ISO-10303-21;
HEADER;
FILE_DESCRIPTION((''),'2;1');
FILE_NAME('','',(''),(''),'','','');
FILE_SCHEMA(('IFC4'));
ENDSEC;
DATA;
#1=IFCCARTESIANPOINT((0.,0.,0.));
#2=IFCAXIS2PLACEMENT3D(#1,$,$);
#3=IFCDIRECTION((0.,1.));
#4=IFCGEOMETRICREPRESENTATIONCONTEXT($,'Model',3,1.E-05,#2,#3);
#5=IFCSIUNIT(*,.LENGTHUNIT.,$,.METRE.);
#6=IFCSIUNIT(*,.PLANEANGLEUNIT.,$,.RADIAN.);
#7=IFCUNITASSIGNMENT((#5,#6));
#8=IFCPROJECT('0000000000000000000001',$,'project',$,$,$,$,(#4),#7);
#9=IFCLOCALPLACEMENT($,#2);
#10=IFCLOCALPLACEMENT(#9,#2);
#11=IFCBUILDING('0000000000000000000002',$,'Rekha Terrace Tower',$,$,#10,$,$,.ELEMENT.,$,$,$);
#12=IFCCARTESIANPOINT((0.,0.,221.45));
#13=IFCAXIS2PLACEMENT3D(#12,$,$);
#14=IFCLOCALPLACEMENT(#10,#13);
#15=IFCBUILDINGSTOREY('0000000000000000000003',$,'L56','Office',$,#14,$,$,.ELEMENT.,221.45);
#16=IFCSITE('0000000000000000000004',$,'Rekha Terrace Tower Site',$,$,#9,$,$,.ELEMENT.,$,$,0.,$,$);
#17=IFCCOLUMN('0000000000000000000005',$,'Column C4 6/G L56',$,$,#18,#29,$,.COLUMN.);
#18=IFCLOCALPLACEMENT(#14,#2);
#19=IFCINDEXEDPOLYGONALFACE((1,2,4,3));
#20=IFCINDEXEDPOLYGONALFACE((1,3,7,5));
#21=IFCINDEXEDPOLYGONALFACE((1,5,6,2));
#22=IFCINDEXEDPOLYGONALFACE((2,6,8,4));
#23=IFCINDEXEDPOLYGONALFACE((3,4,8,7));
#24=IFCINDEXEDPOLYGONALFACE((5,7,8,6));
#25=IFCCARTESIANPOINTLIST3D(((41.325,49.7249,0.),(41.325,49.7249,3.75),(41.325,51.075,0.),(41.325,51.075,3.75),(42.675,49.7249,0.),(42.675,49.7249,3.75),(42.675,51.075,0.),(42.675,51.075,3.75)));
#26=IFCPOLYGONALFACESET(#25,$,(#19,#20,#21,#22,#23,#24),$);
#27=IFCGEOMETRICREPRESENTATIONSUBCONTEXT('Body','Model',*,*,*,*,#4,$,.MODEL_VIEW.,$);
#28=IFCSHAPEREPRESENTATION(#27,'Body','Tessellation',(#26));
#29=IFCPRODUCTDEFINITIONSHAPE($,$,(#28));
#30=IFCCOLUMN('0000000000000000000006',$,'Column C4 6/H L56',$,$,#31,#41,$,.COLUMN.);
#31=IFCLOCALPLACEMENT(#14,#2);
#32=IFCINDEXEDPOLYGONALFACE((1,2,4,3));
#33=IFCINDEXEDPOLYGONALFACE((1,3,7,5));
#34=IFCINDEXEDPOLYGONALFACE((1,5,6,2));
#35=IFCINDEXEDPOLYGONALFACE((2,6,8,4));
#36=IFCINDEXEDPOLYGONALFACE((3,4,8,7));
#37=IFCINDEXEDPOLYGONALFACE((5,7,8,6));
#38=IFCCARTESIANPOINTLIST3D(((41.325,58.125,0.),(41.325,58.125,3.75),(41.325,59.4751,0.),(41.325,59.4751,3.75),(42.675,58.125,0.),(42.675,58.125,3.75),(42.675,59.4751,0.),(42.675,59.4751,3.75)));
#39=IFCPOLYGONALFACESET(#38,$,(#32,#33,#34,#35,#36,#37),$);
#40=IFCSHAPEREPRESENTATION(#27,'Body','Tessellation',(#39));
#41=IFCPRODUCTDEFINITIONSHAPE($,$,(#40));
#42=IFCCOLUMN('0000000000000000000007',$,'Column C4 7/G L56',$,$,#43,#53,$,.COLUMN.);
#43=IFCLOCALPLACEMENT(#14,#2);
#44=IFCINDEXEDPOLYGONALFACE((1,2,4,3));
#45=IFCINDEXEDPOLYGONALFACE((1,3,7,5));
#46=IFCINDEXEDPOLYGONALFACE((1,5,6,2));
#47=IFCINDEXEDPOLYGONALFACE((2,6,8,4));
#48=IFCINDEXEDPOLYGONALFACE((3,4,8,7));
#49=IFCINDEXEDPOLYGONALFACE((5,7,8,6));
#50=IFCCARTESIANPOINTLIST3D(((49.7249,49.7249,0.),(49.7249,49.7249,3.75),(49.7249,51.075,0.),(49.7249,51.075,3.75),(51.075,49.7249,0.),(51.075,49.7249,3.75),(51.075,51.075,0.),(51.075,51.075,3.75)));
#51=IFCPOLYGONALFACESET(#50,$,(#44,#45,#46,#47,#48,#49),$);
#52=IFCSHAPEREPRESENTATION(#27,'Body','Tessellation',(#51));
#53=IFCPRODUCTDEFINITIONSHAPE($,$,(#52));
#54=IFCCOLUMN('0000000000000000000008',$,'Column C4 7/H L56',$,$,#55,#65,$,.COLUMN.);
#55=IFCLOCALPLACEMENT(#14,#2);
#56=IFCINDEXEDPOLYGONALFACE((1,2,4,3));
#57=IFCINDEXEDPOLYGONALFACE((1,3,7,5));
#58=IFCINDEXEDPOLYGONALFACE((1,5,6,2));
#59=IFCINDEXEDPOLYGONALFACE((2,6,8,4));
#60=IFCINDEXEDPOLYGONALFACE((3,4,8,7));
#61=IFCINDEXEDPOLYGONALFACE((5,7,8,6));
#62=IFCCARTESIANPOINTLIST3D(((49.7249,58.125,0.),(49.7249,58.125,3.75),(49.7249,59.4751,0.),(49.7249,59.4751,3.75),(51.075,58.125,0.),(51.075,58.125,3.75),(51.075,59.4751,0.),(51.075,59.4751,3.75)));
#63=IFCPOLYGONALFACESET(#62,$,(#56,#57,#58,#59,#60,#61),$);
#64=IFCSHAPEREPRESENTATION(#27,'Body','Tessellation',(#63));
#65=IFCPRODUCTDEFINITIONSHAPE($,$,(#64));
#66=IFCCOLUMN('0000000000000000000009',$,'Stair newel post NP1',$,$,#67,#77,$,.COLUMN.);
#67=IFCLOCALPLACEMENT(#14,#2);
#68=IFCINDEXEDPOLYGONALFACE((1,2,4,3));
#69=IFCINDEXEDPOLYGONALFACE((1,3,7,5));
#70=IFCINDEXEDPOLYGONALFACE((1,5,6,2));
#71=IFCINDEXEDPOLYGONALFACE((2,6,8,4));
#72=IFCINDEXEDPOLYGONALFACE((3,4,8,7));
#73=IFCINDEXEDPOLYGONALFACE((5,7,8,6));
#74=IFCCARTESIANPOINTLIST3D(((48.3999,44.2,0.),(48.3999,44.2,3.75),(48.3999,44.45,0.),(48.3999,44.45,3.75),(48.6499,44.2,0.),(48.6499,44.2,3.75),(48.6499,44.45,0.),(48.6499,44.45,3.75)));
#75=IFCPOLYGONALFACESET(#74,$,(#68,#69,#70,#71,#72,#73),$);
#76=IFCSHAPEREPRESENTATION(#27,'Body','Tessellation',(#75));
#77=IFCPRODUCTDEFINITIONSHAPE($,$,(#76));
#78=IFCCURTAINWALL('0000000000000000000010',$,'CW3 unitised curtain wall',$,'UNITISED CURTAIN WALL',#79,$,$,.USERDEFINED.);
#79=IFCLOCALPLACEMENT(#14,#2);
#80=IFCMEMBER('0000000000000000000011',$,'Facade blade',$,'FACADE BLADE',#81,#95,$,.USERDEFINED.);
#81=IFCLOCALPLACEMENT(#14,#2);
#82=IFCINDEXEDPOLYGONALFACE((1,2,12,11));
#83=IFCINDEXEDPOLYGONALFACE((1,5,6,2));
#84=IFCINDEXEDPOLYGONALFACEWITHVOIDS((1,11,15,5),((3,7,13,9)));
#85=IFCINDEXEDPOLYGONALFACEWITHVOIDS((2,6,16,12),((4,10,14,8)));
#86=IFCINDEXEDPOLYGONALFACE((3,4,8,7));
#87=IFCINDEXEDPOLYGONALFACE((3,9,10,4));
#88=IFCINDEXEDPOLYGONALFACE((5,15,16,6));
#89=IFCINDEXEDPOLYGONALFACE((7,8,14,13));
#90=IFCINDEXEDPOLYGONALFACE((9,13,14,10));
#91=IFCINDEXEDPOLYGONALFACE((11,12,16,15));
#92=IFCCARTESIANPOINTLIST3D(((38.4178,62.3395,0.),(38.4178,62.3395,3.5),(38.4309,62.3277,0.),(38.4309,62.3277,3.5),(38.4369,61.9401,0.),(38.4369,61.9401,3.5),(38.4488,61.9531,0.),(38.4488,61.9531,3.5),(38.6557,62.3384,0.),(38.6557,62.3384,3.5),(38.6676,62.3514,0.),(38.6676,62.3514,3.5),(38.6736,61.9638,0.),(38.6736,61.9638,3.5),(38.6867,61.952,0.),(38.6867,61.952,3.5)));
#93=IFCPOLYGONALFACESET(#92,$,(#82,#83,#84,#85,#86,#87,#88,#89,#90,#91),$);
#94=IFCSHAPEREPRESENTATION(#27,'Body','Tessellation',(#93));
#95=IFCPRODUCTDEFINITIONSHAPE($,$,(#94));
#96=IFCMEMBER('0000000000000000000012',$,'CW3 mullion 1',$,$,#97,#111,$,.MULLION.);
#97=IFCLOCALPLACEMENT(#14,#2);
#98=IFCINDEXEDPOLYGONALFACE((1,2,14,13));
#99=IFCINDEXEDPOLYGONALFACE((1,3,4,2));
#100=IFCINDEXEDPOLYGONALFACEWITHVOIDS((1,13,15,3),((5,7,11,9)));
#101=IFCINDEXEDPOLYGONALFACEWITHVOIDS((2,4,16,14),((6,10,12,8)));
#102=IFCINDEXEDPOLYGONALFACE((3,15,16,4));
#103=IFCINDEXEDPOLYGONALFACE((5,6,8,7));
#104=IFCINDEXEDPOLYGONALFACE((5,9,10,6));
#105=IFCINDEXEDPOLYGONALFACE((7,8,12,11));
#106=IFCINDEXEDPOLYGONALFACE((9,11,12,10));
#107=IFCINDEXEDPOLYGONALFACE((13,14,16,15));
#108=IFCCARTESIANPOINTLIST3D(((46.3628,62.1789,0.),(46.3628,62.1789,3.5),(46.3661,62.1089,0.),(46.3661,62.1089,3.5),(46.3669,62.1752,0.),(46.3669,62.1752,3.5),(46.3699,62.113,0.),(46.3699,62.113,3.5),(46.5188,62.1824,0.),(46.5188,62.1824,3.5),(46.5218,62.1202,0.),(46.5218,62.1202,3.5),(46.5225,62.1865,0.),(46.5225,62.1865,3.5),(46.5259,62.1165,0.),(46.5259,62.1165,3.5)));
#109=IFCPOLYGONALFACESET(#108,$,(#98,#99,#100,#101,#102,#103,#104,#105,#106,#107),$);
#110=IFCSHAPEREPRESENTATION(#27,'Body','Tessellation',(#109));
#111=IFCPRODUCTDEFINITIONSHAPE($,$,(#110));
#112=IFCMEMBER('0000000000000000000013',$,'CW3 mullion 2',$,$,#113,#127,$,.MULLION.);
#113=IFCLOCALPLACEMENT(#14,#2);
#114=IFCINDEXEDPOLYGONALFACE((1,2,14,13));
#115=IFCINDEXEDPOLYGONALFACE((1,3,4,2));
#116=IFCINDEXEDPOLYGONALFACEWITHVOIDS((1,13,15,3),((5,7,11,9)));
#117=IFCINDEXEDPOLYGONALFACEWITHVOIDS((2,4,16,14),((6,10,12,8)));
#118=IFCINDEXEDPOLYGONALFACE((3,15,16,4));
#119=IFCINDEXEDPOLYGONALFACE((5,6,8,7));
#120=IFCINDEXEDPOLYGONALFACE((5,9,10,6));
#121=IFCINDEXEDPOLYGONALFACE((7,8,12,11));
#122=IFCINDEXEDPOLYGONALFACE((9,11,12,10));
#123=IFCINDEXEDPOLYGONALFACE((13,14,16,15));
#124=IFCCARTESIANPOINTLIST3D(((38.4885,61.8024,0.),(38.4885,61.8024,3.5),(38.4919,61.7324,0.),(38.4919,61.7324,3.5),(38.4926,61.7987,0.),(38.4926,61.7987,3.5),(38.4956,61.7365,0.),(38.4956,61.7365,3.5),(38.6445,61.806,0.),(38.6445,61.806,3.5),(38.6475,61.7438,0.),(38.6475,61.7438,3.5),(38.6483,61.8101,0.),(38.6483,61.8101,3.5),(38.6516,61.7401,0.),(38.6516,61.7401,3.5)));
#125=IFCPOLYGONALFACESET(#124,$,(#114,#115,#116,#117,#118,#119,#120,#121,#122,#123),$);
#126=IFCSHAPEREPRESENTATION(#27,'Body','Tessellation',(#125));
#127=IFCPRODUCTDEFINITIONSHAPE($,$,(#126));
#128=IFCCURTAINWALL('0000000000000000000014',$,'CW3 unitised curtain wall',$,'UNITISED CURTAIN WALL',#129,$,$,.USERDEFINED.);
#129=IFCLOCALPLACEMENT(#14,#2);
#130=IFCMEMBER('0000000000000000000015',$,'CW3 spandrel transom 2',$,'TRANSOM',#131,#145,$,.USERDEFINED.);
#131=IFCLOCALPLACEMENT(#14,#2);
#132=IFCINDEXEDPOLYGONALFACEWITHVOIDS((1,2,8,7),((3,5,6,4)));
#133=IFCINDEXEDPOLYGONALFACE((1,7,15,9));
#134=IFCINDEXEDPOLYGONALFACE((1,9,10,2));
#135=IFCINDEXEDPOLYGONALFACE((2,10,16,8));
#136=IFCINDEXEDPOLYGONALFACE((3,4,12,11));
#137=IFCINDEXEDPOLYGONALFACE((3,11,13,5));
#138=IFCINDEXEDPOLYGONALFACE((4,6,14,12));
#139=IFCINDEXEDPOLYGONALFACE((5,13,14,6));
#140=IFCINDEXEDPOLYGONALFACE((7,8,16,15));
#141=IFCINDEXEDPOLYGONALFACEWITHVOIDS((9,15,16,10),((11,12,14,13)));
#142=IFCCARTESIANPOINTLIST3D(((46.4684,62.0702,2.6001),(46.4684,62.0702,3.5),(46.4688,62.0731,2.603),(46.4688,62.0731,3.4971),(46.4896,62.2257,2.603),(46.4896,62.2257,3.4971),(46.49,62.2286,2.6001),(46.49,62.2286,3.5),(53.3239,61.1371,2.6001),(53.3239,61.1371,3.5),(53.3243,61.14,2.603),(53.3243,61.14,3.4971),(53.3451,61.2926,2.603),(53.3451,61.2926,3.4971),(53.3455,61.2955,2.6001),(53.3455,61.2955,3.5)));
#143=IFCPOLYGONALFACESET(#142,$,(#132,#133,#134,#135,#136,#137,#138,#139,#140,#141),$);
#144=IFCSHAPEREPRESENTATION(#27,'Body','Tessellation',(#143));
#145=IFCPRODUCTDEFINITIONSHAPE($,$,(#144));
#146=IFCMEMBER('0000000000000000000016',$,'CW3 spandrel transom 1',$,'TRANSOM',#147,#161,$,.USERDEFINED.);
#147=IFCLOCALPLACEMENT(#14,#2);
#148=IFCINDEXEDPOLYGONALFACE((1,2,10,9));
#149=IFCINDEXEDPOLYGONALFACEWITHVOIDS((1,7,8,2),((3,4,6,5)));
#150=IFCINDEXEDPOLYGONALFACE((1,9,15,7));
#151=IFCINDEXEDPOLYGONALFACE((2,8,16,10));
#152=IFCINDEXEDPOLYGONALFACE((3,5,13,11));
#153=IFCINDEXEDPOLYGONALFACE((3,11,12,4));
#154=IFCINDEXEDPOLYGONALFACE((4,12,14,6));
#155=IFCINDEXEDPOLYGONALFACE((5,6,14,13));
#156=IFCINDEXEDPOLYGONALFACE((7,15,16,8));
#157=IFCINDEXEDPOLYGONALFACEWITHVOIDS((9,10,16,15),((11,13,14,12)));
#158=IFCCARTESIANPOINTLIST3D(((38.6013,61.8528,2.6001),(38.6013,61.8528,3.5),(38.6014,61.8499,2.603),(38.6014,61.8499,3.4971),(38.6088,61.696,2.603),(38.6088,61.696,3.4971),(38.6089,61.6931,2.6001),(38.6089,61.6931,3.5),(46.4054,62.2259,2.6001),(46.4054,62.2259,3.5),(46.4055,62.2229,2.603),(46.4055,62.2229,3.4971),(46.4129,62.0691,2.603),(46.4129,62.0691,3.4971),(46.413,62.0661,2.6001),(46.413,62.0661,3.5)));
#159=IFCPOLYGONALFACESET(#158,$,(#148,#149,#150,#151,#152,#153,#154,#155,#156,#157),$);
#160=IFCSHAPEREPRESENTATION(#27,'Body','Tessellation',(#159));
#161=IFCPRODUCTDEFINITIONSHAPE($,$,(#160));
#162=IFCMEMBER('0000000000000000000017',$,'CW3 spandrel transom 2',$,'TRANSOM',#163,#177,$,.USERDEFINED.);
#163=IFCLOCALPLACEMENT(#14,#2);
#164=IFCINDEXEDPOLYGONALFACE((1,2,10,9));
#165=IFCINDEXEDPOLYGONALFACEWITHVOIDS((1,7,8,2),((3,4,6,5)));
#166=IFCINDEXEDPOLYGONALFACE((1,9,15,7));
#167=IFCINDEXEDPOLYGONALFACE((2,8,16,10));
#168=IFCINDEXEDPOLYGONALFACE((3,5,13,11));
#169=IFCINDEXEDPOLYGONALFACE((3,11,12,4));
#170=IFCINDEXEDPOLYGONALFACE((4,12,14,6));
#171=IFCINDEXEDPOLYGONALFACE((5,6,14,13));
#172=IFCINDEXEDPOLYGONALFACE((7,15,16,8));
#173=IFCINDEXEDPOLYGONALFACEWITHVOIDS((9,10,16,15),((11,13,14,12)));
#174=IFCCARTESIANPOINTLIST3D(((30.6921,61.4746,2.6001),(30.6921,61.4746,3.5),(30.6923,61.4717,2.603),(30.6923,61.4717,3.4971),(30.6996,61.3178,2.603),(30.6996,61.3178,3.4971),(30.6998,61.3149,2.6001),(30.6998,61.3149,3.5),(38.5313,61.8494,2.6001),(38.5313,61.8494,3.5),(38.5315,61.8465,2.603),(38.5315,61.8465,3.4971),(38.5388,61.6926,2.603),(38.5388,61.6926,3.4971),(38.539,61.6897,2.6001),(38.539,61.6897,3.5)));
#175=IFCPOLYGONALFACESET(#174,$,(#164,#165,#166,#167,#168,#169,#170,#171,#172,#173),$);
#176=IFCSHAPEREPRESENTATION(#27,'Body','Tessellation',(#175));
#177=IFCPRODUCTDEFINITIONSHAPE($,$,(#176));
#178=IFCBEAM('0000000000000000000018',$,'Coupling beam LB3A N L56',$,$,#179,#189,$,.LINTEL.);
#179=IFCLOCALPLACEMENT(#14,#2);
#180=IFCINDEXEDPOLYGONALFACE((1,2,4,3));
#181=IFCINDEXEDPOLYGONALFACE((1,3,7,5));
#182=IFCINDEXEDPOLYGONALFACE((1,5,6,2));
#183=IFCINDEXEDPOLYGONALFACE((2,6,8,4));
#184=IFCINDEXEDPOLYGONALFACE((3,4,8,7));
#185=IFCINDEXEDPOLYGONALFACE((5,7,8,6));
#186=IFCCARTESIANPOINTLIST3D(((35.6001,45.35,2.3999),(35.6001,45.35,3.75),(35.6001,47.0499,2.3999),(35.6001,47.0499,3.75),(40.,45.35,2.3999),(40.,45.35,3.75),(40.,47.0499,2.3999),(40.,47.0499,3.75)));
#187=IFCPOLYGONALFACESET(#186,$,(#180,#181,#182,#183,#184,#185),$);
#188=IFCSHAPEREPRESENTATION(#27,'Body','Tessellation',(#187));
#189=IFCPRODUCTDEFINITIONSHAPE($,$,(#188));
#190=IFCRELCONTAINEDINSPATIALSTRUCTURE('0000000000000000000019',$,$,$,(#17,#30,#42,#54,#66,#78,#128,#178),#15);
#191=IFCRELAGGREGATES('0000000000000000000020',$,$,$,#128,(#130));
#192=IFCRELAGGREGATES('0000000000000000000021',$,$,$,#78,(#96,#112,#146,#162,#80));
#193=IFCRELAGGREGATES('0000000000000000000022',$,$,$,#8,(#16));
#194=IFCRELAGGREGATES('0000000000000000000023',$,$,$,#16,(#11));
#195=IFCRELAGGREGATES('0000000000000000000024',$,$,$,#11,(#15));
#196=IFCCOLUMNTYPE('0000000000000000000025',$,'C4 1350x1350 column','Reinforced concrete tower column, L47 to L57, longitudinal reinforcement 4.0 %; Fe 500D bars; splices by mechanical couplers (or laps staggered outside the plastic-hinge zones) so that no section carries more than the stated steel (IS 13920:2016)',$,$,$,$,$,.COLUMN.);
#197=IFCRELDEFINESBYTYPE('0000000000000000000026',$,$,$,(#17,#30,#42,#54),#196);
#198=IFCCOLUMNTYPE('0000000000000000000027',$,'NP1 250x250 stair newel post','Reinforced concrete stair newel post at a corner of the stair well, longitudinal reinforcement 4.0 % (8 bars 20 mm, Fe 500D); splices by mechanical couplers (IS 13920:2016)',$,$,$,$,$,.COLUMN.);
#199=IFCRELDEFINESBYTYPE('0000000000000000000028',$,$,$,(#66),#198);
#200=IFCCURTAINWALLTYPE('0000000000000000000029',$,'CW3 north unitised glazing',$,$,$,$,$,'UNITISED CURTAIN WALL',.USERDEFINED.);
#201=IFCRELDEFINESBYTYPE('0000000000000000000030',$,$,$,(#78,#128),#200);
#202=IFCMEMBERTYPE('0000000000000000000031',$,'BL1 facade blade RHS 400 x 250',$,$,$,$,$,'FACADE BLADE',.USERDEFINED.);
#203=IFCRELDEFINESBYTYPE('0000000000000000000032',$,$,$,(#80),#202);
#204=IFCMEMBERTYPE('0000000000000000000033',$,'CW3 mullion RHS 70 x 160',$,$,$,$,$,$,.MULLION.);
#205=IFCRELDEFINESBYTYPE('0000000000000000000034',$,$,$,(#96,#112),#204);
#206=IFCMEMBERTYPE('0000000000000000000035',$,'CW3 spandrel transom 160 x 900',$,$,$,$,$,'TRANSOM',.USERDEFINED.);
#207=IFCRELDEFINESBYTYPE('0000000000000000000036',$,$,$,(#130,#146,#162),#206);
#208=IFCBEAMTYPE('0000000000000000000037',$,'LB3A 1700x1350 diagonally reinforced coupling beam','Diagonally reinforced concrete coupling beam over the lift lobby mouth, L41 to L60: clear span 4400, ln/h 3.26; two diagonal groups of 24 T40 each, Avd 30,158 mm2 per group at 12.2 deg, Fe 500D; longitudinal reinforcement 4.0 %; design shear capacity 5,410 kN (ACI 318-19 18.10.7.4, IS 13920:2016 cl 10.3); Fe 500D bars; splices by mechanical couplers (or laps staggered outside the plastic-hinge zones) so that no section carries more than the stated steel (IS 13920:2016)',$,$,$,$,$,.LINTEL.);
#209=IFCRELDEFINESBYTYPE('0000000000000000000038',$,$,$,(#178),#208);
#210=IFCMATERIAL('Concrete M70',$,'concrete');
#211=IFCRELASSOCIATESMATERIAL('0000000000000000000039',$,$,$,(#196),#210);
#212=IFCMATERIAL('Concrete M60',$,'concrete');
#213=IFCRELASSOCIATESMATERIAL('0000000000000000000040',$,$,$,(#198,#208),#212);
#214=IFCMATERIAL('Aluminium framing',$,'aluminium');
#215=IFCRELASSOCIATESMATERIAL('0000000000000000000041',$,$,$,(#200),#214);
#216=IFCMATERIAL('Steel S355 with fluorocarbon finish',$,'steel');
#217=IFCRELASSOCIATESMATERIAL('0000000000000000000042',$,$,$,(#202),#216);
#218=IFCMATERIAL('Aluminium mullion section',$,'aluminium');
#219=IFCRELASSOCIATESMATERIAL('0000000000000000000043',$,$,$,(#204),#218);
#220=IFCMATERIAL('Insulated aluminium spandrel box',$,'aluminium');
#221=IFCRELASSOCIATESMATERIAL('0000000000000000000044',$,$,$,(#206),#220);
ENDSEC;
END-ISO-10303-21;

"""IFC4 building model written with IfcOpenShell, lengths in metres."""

from ifc_helpers import new_model, si_unit, direction, frame, origin, origin_2d, place, context, subcontext, project, spatial, rectangle, hollow_rectangle, extrude, material, material_profile, profile_set, type_object, element, aggregate, save


model = new_model("IFC4")

# Units and contexts
model_context = context("Model", 3, precision=1e-05, world=origin(), true_north=direction((0.0, 1.0)))
body_context = subcontext(model_context, "Body", "Model", "MODEL_VIEW")
ifc_project = project(units=[si_unit("LENGTHUNIT", "METRE"), si_unit("PLANEANGLEUNIT", "RADIAN")], contexts=[model_context])

# Site, building, storey
site_placement = place(None, origin())
site = spatial("IfcSite", under=ifc_project, at=site_placement, Name="Rekha Terrace Tower Site", CompositionType="ELEMENT", RefElevation=0.0)
building_placement = place(site_placement, origin())
building = spatial("IfcBuilding", under=site, at=building_placement, Name="Rekha Terrace Tower", CompositionType="ELEMENT")
storey_placement = place(building_placement, frame((0.0, 0.0, 221.45)))
storey = spatial("IfcBuildingStorey", under=building, at=storey_placement, Name="L56", Description="Office", CompositionType="ELEMENT", Elevation=221.45)

# Columns
ifc_material_1 = material(Name="Concrete M70", Category="concrete")
ifc_material_profile_1 = material_profile(ifc_material_1, rectangle(XDim=1.3501, YDim=1.3501, at=origin_2d()), Name="RC 1350x1350")
ifc_profile_set_1 = profile_set([ifc_material_profile_1], Name="Concrete M70")
column_type_1 = type_object("IfcColumnType", Name="C4 1350x1350 column", Description="Reinforced concrete tower column, L47 to L57, longitudinal reinforcement 4.0 %; Fe 500D bars; splices by mechanical couplers (or laps staggered outside the plastic-hinge zones) so that no section carries more than the stated steel (IS 13920:2016)", PredefinedType="COLUMN", material=ifc_profile_set_1)
for number, where, z_axis, x_axis, name in (
    (1, (42.0, 50.3999, 0.0), (0.0, 0.0, 1.0), (1.0, 0.0, 0.0), "Column C4 6/G L56"),
    (2, (42.0, 58.8, 0.0), (0.0, 0.0, 1.0), (1.0, 0.0, 0.0), "Column C4 6/H L56"),
    (3, (50.3999, 50.3999, 0.0), (0.0, 0.0, 1.0), (1.0, 0.0, 0.0), "Column C4 7/G L56"),
    (4, (50.3999, 58.8, 0.0), (0.0, 0.0, 1.0), (1.0, 0.0, 0.0), "Column C4 7/H L56"),
):
    element("IfcColumn", number, at=place(storey_placement, frame(where, z_axis=z_axis, x_axis=x_axis)), inside=storey, type_object=column_type_1, Name=name, PredefinedType="COLUMN", context=body_context, shape_type="SweptSolid", body=[
        extrude(rectangle(XDim=1.3501, YDim=1.3501, at=origin_2d()), origin(), (0.0, 0.0, 1.0), 3.75),
    ])
ifc_material_2 = material(Name="Concrete M60", Category="concrete")
ifc_material_profile_2 = material_profile(ifc_material_2, rectangle(XDim=0.25, YDim=0.25, at=origin_2d()), Name="RC 250x250")
ifc_profile_set_2 = profile_set([ifc_material_profile_2], Name="Concrete M60")
column_type_2 = type_object("IfcColumnType", Name="NP1 250x250 stair newel post", Description="Reinforced concrete stair newel post at a corner of the stair well, longitudinal reinforcement 4.0 % (8 bars 20 mm, Fe 500D); splices by mechanical couplers (IS 13920:2016)", PredefinedType="COLUMN", material=ifc_profile_set_2)
column_placement = place(storey_placement, frame((48.5249, 44.325, 0.0), z_axis=(0.0, 0.0, 1.0), x_axis=(1.0, 0.0, 0.0)))
element("IfcColumn", 5, at=column_placement, inside=storey, type_object=column_type_2, Name="Stair newel post NP1", PredefinedType="COLUMN", context=body_context, shape_type="SweptSolid", body=[
    extrude(rectangle(XDim=0.25, YDim=0.25, at=origin_2d()), origin(), (0.0, 0.0, 1.0), 3.75),
])

# Curtain wall, members
ifc_material_3 = material(Name="Aluminium framing", Category="aluminium")
curtain_wall_type = type_object("IfcCurtainWallType", Name="CW3 north unitised glazing", ElementType="UNITISED CURTAIN WALL", PredefinedType="USERDEFINED", material=ifc_material_3)
curtain_wall_1_placement = place(storey_placement, origin())
curtain_wall_1 = element("IfcCurtainWall", 6, at=curtain_wall_1_placement, inside=storey, type_object=curtain_wall_type, Name="CW3 unitised curtain wall", ObjectType="UNITISED CURTAIN WALL", PredefinedType="USERDEFINED")
ifc_material_4 = material(Name="Steel S355 with fluorocarbon finish", Category="steel")
ifc_material_profile_3 = material_profile(ifc_material_4, hollow_rectangle(XDim=0.25, YDim=0.3999, WallThickness=0.0125, at=origin_2d()), Name="RHS400x250x12.5")
ifc_profile_set_3 = profile_set([ifc_material_profile_3], Name="Steel S355 with fluorocarbon finish")
member_type_1 = type_object("IfcMemberType", Name="BL1 facade blade RHS 400 x 250", ElementType="FACADE BLADE", PredefinedType="USERDEFINED", material=ifc_profile_set_3)
member_1_placement = place(storey_placement, frame((38.5522, 62.1458, 0.0), z_axis=(0.0, 0.0, 1.0), x_axis=(-0.998859, -0.047758, 0.0)))
member_1 = element("IfcMember", 7, at=member_1_placement, type_object=member_type_1, Name="Facade blade", ObjectType="FACADE BLADE", PredefinedType="USERDEFINED", context=body_context, shape_type="SweptSolid", body=[
    extrude(hollow_rectangle(XDim=0.25, YDim=0.3999, WallThickness=0.0125, at=origin_2d()), origin(), (0.0, 0.0, 1.0), 3.5),
])
ifc_material_5 = material(Name="Aluminium mullion section", Category="aluminium")
ifc_material_profile_4 = material_profile(ifc_material_5, hollow_rectangle(XDim=0.0701, YDim=0.1599, WallThickness=0.0039, at=origin_2d()), Name="AL RHS 70x160")
ifc_profile_set_4 = profile_set([ifc_material_profile_4], Name="Aluminium mullion section")
member_type_2 = type_object("IfcMemberType", Name="CW3 mullion RHS 70 x 160", PredefinedType="MULLION", material=ifc_profile_set_4)
member_2_placement = place(storey_placement, frame((46.4443, 62.1477, 0.0), z_axis=(0.0, 0.0, 1.0), x_axis=(0.047759, -0.998859, 0.0)))
member_2 = element("IfcMember", 8, at=member_2_placement, type_object=member_type_2, Name="CW3 mullion 1", PredefinedType="MULLION", context=body_context, shape_type="SweptSolid", body=[
    extrude(hollow_rectangle(XDim=0.0701, YDim=0.1599, WallThickness=0.0039, at=origin_2d()), origin(), (0.0, 0.0, 1.0), 3.5),
])
member_3_placement = place(storey_placement, frame((38.5701, 61.7712, 0.0), z_axis=(0.0, 0.0, 1.0), x_axis=(0.047759, -0.998859, 0.0)))
member_3 = element("IfcMember", 9, at=member_3_placement, type_object=member_type_2, Name="CW3 mullion 2", PredefinedType="MULLION", context=body_context, shape_type="SweptSolid", body=[
    extrude(hollow_rectangle(XDim=0.0701, YDim=0.1599, WallThickness=0.0039, at=origin_2d()), origin(), (0.0, 0.0, 1.0), 3.5),
])

# Curtain wall, member
curtain_wall_2_placement = place(storey_placement, origin())
curtain_wall_2 = element("IfcCurtainWall", 10, at=curtain_wall_2_placement, inside=storey, type_object=curtain_wall_type, Name="CW3 unitised curtain wall", ObjectType="UNITISED CURTAIN WALL", PredefinedType="USERDEFINED")
ifc_material_6 = material(Name="Insulated aluminium spandrel box", Category="aluminium")
ifc_material_profile_5 = material_profile(ifc_material_6, hollow_rectangle(XDim=0.1599, YDim=0.8999, WallThickness=0.0029, at=origin_2d()), Name="AL SPANDREL BOX 160x900")
ifc_profile_set_5 = profile_set([ifc_material_profile_5], Name="Insulated aluminium spandrel box")
member_type_3 = type_object("IfcMemberType", Name="CW3 spandrel transom 160 x 900", ElementType="TRANSOM", PredefinedType="USERDEFINED", material=ifc_profile_set_5)
member_4_placement = place(storey_placement, frame((53.3347, 61.2163, 3.05), z_axis=(-0.990864, 0.134868, 0.0), x_axis=(-0.134868, -0.990864, 0.0)))
member_4 = element("IfcMember", 11, at=member_4_placement, type_object=member_type_3, Name="CW3 spandrel transom 2", ObjectType="TRANSOM", PredefinedType="USERDEFINED", context=body_context, shape_type="SweptSolid", body=[
    extrude(hollow_rectangle(XDim=0.1599, YDim=0.8999, WallThickness=0.0029, at=origin_2d()), origin(), (0.0, 0.0, 1.0), 6.9187),
])

# Members
member_5_placement = place(storey_placement, frame((46.4092, 62.146, 3.05), z_axis=(-0.998859, -0.047748, 0.0), x_axis=(0.047748, -0.998859, 0.0)))
member_5 = element("IfcMember", 12, at=member_5_placement, type_object=member_type_3, Name="CW3 spandrel transom 1", ObjectType="TRANSOM", PredefinedType="USERDEFINED", context=body_context, shape_type="SweptSolid", body=[
    extrude(hollow_rectangle(XDim=0.1599, YDim=0.8999, WallThickness=0.0029, at=origin_2d()), origin(), (0.0, 0.0, 1.0), 7.813),
])
member_6_placement = place(storey_placement, frame((38.5352, 61.7695, 3.05), z_axis=(-0.998859, -0.047751, 0.0), x_axis=(0.047751, -0.998859, 0.0)))
member_6 = element("IfcMember", 13, at=member_6_placement, type_object=member_type_3, Name="CW3 spandrel transom 2", ObjectType="TRANSOM", PredefinedType="USERDEFINED", context=body_context, shape_type="SweptSolid", body=[
    extrude(hollow_rectangle(XDim=0.1599, YDim=0.8999, WallThickness=0.0029, at=origin_2d()), origin(), (0.0, 0.0, 1.0), 7.8481),
])

# Beam
ifc_material_profile_6 = material_profile(ifc_material_2, rectangle(XDim=1.7, YDim=1.3501, at=origin_2d()), Name="RC 1700x1350")
ifc_profile_set_6 = profile_set([ifc_material_profile_6], Name="Concrete M60")
beam_type = type_object("IfcBeamType", Name="LB3A 1700x1350 diagonally reinforced coupling beam", Description="Diagonally reinforced concrete coupling beam over the lift lobby mouth, L41 to L60: clear span 4400, ln/h 3.26; two diagonal groups of 24 T40 each, Avd 30,158 mm2 per group at 12.2 deg, Fe 500D; longitudinal reinforcement 4.0 %; design shear capacity 5,410 kN (ACI 318-19 18.10.7.4, IS 13920:2016 cl 10.3); Fe 500D bars; splices by mechanical couplers (or laps staggered outside the plastic-hinge zones) so that no section carries more than the stated steel (IS 13920:2016)", PredefinedType="LINTEL", material=ifc_profile_set_6)
beam_placement = place(storey_placement, frame((35.6001, 46.2, 3.075), z_axis=(1.0, 0.0, 0.0), x_axis=(0.0, 1.0, 0.0)))
element("IfcBeam", 14, at=beam_placement, inside=storey, type_object=beam_type, Name="Coupling beam LB3A N L56", PredefinedType="LINTEL", context=body_context, shape_type="SweptSolid", body=[
    extrude(rectangle(XDim=1.7, YDim=1.3501, at=origin_2d()), origin(), (0.0, 0.0, 1.0), 4.3999),
])

aggregate(curtain_wall_2, [member_4])
aggregate(curtain_wall_1, [member_2, member_3, member_5, member_6, member_1])

save(model, "model.ifc")
